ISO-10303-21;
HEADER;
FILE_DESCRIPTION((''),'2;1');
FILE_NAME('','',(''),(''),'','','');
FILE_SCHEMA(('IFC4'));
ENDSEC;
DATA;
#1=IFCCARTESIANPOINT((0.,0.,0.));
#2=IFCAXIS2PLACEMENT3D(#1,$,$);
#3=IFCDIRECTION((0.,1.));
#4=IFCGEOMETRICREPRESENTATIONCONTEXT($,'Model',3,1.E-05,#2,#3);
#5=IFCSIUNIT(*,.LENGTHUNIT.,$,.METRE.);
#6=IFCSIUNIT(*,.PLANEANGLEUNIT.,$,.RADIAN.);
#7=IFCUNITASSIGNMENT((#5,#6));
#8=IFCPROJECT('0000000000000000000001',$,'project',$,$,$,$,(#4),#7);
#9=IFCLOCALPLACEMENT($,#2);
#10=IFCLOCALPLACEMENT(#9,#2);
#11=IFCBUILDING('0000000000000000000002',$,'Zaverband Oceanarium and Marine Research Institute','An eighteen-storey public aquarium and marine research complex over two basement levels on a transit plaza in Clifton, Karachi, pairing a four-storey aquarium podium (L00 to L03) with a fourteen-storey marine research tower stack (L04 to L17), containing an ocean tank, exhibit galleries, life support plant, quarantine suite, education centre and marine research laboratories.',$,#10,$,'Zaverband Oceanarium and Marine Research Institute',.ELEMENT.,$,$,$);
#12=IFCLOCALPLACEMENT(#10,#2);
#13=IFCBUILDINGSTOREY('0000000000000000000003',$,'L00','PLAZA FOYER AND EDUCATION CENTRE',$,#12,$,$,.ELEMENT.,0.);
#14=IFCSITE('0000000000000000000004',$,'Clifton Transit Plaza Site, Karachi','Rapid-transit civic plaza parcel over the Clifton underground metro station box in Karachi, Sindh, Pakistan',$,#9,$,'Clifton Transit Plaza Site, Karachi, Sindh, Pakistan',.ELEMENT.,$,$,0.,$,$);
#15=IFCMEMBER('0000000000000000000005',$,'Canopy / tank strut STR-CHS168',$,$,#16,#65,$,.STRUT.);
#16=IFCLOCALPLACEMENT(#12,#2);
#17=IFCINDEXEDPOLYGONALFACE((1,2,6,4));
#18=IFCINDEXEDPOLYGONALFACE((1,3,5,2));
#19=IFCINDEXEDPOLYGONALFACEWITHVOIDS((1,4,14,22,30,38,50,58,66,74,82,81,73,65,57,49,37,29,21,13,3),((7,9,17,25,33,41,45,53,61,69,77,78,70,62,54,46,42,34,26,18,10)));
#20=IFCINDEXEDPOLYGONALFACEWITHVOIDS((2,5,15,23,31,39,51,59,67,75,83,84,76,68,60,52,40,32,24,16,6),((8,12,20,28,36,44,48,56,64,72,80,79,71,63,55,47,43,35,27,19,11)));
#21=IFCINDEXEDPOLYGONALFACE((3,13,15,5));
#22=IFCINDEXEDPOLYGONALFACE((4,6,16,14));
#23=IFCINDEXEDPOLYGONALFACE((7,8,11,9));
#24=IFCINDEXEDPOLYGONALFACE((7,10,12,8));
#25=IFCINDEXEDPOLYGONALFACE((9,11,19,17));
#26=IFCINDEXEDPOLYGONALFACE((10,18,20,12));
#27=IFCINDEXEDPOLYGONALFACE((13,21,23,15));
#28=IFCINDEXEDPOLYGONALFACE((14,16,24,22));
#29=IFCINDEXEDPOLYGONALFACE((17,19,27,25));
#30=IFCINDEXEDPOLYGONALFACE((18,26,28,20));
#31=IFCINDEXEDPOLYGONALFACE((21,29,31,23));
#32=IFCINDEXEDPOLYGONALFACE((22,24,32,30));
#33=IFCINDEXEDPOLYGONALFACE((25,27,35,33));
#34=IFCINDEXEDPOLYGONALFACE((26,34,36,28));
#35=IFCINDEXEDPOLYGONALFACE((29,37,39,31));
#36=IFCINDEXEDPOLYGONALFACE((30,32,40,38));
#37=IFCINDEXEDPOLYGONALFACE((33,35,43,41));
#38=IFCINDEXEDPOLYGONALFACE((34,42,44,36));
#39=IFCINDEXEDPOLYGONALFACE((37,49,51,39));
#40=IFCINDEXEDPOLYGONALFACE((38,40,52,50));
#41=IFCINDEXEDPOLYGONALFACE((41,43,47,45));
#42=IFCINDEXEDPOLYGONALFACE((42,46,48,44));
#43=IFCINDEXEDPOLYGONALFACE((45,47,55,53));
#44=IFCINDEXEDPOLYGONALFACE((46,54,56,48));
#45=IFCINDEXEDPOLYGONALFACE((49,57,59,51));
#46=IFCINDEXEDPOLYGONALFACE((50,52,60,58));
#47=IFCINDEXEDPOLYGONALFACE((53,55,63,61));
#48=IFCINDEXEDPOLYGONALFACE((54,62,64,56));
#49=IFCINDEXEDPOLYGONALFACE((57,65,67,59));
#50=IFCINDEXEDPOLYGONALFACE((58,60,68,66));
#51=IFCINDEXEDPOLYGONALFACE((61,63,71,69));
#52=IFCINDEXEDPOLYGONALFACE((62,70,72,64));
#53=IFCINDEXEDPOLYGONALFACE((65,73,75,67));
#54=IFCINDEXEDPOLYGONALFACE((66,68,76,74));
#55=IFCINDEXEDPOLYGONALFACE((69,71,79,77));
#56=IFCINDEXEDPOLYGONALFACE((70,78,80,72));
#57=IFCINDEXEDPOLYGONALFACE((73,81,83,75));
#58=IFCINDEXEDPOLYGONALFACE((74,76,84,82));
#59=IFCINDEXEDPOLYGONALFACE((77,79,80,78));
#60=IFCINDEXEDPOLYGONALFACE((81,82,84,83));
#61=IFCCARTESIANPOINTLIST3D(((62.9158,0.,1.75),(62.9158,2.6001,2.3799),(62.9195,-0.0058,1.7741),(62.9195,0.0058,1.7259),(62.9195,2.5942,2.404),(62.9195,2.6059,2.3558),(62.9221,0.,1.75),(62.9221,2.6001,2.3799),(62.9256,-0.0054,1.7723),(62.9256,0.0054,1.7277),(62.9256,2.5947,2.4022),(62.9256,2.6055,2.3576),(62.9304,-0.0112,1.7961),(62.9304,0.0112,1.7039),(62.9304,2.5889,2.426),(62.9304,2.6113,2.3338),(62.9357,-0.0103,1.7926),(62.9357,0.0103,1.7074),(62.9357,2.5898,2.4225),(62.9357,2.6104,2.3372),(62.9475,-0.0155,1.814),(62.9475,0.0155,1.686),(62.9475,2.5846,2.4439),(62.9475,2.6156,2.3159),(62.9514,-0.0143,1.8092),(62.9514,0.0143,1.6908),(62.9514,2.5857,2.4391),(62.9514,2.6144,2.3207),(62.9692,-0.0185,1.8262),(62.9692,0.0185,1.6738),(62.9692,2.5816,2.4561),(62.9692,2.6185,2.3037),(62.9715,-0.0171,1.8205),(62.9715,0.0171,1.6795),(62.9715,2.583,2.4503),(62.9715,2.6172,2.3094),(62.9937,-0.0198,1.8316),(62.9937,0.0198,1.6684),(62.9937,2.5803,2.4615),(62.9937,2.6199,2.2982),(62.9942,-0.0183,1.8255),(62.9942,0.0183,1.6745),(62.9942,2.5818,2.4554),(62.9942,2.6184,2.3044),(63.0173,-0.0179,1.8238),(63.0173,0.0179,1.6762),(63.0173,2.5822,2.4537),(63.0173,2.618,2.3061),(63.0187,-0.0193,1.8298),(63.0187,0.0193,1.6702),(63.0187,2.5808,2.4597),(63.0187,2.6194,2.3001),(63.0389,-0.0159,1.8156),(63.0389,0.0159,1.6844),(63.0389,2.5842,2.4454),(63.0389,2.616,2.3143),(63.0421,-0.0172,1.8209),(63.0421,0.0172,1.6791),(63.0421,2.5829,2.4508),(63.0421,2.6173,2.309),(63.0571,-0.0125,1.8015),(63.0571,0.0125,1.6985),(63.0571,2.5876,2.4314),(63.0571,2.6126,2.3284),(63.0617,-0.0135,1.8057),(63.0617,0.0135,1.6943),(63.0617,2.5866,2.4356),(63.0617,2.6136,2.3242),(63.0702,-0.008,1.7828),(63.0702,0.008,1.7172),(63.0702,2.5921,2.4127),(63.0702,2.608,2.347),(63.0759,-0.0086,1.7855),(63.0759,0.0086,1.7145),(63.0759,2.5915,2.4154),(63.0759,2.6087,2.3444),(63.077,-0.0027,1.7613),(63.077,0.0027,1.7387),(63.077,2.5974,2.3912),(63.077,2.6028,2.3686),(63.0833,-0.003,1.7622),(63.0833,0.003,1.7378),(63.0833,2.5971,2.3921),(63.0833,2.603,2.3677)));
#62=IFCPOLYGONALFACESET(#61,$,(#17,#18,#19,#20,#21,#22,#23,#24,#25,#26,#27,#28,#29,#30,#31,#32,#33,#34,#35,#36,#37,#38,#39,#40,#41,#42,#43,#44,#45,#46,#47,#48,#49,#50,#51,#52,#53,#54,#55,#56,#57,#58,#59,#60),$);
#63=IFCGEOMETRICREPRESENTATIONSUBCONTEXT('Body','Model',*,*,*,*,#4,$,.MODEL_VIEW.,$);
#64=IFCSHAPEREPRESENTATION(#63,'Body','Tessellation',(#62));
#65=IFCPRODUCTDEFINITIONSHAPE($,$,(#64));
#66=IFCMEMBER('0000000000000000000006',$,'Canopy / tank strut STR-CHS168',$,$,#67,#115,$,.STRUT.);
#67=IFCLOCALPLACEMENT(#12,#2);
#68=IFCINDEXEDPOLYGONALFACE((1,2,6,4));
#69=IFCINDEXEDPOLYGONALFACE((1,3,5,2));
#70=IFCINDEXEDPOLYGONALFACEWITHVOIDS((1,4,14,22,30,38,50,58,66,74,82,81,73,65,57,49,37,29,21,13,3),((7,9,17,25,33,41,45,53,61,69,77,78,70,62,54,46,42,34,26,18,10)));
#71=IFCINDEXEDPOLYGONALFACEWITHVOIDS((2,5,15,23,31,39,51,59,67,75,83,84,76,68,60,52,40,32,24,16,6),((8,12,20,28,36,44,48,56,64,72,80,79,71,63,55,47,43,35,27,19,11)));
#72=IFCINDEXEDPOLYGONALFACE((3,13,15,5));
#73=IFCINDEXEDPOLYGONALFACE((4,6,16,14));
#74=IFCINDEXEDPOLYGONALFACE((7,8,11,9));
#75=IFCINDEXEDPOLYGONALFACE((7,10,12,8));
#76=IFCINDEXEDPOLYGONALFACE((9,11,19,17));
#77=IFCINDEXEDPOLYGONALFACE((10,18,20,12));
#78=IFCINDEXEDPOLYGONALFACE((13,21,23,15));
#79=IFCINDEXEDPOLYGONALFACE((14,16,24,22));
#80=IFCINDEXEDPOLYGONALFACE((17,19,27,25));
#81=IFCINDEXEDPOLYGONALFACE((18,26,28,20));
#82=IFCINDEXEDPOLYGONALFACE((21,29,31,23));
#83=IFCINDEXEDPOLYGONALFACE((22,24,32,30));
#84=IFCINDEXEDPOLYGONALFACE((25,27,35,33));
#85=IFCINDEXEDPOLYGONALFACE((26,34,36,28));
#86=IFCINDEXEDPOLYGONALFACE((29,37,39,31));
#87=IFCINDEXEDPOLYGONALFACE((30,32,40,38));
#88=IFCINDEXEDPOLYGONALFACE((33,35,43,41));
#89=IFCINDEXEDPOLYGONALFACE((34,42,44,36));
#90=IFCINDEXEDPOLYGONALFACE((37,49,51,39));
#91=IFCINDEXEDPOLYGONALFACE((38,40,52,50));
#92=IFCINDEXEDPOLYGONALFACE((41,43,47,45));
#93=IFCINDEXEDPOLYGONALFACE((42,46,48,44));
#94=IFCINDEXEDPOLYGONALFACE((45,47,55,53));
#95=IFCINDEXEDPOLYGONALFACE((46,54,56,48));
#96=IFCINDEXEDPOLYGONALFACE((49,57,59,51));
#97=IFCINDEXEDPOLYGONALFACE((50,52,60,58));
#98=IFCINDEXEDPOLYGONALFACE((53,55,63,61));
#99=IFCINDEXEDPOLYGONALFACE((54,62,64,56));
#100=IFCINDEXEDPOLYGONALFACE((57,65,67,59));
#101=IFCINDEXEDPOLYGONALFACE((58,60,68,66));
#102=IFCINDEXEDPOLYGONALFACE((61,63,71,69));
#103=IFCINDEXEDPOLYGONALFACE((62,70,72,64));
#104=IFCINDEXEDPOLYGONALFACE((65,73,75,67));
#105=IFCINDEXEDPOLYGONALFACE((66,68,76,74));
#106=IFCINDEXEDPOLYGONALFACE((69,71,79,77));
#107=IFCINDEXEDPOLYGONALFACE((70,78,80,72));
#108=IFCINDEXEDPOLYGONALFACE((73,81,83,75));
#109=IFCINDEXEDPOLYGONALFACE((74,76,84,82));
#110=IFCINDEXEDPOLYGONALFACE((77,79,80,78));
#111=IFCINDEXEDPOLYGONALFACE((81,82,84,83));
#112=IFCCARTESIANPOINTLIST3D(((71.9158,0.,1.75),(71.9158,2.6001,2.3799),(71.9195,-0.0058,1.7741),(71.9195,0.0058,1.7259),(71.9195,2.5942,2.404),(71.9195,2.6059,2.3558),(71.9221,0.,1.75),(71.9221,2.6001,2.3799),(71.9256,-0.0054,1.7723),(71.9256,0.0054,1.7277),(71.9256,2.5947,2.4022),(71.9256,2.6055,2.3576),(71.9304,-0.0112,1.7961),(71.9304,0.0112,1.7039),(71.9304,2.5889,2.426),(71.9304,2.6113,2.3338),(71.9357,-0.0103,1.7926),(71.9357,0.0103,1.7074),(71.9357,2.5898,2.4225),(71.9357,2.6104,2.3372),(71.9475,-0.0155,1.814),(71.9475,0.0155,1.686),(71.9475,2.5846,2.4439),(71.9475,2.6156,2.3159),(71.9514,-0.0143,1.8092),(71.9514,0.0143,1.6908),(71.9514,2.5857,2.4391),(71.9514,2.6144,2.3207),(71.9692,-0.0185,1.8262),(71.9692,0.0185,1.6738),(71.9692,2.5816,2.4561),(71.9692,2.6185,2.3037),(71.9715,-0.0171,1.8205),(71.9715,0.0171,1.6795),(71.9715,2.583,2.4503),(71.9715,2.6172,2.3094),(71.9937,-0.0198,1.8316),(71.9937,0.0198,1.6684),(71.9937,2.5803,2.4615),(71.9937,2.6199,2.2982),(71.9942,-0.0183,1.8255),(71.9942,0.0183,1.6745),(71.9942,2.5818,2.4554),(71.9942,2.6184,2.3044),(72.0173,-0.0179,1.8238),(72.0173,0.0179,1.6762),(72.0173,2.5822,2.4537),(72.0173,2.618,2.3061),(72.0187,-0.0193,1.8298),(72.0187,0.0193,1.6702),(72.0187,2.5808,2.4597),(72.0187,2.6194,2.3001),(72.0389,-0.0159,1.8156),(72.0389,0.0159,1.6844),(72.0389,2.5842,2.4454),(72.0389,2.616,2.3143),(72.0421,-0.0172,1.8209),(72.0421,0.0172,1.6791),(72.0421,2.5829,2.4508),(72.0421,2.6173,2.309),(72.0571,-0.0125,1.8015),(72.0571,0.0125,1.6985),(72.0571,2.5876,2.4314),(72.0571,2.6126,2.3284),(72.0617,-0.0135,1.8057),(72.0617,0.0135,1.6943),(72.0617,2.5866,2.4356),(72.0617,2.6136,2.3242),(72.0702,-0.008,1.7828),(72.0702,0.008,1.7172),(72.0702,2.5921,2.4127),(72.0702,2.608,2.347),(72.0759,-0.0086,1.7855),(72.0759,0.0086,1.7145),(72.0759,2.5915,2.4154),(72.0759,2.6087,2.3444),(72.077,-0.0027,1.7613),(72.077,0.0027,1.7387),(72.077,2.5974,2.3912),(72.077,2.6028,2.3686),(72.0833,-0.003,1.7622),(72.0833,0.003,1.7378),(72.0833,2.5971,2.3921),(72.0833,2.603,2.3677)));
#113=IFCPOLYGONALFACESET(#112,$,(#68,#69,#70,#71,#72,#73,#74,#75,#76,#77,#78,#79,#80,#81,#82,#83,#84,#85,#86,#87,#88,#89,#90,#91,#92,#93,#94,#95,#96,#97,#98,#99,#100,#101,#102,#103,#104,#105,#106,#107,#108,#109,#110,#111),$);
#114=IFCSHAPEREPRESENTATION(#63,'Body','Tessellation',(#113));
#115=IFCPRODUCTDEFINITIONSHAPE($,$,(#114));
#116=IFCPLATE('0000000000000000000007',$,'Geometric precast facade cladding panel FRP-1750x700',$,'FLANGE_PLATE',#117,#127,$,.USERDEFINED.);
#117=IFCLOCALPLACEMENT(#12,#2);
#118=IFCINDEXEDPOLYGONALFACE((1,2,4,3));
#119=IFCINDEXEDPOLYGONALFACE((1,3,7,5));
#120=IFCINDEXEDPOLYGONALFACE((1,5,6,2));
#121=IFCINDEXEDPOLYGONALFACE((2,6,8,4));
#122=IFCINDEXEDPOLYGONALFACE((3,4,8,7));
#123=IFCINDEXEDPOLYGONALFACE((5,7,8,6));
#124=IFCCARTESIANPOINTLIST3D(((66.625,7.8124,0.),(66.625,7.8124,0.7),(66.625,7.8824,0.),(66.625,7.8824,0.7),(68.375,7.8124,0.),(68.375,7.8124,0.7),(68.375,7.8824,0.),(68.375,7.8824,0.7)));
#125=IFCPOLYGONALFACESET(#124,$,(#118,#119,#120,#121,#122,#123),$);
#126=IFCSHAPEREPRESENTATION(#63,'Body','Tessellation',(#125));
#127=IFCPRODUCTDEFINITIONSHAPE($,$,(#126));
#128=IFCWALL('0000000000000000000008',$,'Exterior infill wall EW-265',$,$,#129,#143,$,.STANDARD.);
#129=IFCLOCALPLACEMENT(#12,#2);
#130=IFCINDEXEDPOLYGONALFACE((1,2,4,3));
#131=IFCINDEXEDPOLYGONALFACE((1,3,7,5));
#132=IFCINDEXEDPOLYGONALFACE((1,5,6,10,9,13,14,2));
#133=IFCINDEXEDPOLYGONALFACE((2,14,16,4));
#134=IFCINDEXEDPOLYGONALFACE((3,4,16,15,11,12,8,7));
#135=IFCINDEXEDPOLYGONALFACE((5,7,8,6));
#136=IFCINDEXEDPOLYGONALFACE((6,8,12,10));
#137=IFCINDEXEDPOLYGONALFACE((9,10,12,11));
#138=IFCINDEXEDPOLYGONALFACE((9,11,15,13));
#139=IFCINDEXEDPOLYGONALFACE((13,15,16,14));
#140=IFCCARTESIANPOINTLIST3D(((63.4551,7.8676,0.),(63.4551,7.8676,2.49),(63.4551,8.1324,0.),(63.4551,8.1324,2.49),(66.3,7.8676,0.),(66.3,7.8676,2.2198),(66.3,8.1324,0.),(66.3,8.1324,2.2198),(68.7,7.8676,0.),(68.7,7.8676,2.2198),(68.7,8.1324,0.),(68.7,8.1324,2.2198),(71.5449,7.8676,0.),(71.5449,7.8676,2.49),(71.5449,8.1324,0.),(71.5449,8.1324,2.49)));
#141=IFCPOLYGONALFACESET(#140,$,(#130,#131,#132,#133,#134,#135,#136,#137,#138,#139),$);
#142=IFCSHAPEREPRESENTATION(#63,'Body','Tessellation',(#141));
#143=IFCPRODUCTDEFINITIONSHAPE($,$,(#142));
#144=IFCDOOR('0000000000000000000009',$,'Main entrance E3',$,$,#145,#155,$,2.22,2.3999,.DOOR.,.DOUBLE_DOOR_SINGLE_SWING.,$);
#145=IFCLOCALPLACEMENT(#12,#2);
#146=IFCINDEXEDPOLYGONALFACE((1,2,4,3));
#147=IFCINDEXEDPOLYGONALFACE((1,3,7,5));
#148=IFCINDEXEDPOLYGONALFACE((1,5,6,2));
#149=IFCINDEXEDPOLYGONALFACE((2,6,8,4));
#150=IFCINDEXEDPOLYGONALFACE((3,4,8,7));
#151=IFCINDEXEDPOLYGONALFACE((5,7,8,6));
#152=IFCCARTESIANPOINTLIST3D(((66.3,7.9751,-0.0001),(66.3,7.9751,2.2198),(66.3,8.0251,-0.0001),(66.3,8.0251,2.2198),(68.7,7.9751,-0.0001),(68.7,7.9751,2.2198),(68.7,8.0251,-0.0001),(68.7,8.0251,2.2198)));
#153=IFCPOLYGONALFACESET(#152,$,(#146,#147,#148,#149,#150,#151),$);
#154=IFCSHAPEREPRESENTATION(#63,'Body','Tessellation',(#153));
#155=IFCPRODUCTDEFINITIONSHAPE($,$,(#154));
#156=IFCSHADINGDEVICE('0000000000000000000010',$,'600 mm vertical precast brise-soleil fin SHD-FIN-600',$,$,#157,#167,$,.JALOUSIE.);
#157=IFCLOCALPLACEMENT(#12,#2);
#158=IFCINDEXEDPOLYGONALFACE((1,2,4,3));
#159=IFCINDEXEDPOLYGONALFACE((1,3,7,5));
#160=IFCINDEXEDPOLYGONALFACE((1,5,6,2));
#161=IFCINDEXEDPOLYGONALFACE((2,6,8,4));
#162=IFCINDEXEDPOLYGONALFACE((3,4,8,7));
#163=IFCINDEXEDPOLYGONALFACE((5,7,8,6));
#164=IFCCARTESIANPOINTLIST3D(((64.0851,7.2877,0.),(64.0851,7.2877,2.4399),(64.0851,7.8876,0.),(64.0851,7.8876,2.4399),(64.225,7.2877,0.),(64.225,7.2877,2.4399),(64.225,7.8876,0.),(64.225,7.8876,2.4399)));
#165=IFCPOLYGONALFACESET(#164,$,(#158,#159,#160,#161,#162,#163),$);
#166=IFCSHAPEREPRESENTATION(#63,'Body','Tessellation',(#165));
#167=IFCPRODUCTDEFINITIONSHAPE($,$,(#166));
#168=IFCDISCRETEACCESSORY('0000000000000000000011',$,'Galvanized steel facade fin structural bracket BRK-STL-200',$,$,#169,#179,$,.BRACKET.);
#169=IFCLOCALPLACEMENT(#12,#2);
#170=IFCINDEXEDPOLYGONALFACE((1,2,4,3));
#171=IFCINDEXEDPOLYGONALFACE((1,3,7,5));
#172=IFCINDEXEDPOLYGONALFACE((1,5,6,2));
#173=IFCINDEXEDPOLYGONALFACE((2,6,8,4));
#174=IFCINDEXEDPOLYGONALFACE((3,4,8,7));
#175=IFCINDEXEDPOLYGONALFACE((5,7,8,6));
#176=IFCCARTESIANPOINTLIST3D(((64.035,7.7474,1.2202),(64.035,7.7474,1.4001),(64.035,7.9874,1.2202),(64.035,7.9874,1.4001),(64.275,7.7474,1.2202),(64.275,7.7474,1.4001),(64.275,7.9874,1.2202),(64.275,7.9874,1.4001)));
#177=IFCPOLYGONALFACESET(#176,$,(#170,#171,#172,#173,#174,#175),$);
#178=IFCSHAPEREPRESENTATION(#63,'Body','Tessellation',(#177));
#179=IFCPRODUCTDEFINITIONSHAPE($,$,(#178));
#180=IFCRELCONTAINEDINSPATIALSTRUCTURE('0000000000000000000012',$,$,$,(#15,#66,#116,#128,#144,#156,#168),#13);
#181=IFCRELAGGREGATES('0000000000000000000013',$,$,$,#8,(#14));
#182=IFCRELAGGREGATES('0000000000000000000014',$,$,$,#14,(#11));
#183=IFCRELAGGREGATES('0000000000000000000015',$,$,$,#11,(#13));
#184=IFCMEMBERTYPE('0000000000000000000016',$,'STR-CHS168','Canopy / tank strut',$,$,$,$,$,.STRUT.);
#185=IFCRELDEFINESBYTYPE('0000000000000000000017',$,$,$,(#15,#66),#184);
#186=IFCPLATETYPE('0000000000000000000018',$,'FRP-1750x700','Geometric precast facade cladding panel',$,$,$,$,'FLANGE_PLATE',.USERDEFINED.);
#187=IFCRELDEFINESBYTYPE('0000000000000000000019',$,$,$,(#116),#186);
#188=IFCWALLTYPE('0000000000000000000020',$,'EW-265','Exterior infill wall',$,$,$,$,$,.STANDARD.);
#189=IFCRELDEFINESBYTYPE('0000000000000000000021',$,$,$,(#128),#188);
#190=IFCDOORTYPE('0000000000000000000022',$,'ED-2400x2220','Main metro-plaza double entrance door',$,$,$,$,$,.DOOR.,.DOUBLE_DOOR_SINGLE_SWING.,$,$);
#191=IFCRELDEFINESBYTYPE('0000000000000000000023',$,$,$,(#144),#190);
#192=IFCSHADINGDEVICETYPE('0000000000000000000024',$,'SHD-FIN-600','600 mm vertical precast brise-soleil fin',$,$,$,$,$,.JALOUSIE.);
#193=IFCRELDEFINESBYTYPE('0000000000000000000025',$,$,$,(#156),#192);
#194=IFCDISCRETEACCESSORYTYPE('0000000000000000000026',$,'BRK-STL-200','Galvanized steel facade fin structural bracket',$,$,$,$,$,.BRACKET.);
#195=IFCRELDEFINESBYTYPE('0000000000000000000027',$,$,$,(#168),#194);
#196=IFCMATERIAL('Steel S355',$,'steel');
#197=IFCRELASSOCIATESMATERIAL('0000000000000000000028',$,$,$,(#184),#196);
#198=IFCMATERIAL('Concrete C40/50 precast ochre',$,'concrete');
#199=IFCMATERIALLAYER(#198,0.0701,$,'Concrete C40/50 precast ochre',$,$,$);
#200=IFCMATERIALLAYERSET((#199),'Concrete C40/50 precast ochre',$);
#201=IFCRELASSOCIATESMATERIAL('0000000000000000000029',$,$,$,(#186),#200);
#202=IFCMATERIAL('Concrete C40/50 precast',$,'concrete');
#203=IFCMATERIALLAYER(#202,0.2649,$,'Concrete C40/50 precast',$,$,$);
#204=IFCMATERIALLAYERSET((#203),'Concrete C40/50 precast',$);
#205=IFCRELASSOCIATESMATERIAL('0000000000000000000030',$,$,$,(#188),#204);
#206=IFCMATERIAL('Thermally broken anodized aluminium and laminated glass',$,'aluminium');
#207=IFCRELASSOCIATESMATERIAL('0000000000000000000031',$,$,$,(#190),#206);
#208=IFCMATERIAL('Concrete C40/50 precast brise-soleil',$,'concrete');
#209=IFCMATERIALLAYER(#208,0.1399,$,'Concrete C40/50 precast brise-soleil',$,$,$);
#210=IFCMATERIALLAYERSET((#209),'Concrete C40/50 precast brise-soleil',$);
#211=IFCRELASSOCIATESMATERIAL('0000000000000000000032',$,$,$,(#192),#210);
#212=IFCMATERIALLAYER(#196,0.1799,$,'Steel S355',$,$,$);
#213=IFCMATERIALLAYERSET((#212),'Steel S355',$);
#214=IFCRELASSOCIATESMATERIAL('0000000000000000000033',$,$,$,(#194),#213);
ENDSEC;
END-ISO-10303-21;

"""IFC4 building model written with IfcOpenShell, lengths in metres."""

from ifc_helpers import new_model, si_unit, direction, frame, frame_2d, origin, origin_2d, place, context, subcontext, project, spatial, rectangle, hollow_circle, extrude, material, layer, layer_set, material_profile, profile_set, type_object, element, fill, save


model = new_model("IFC4")

# Units and contexts
model_context = context("Model", 3, precision=1e-05, world=origin(), true_north=direction((0.0, 1.0)))
body_context = subcontext(model_context, "Body", "Model", "MODEL_VIEW")
ifc_project = project(units=[si_unit("LENGTHUNIT", "METRE"), si_unit("PLANEANGLEUNIT", "RADIAN")], contexts=[model_context])

# Site, building, storey
site_placement = place(None, origin())
site = spatial("IfcSite", under=ifc_project, at=site_placement, Name="Clifton Transit Plaza Site, Karachi", Description="Rapid-transit civic plaza parcel over the Clifton underground metro station box in Karachi, Sindh, Pakistan", LongName="Clifton Transit Plaza Site, Karachi, Sindh, Pakistan", CompositionType="ELEMENT", RefElevation=0.0)
building_placement = place(site_placement, origin())
building = spatial("IfcBuilding", under=site, at=building_placement, Name="Zaverband Oceanarium and Marine Research Institute", Description="An eighteen-storey public aquarium and marine research complex over two basement levels on a transit plaza in Clifton, Karachi, pairing a four-storey aquarium podium (L00 to L03) with a fourteen-storey marine research tower stack (L04 to L17), containing an ocean tank, exhibit galleries, life support plant, quarantine suite, education centre and marine research laboratories.", LongName="Zaverband Oceanarium and Marine Research Institute", CompositionType="ELEMENT")
storey_placement = place(building_placement, origin())
storey = spatial("IfcBuildingStorey", under=building, at=storey_placement, Name="L00", Description="PLAZA FOYER AND EDUCATION CENTRE", CompositionType="ELEMENT", Elevation=0.0)

# Shared definitions
ifc_material_1 = material(Name="Steel S355", Category="steel")

# Members
ifc_material_profile_1 = material_profile(ifc_material_1, hollow_circle(Radius=0.0842, WallThickness=0.0063, at=origin_2d()), Name="CHS168x6.3")
ifc_profile_set_1 = profile_set([ifc_material_profile_1], Name="Steel S355")
member_type_1 = type_object("IfcMemberType", Name="STR-CHS168", Description="Canopy / tank strut", PredefinedType="STRUT", material=ifc_profile_set_1)
for number, where, z_axis, x_axis, name in (
    (1, (63.0, 0.0, 1.75), (0.0, 0.971888, 0.235443), (-1.0, 0.0, 0.0), "Canopy / tank strut STR-CHS168"),
    (2, (72.0, 0.0, 1.75), (0.0, 0.971888, 0.235443), (-1.0, 0.0, 0.0), "Canopy / tank strut STR-CHS168"),
):
    element("IfcMember", number, at=place(storey_placement, frame(where, z_axis=z_axis, x_axis=x_axis)), inside=storey, type_object=member_type_1, Name=name, PredefinedType="STRUT", context=body_context, shape_type="SweptSolid", body=[
        extrude(hollow_circle(Radius=0.0842, WallThickness=0.0063, at=origin_2d()), origin(), (0.0, 0.0, 1.0), 2.6753),
    ])

# Plate
ifc_material_2 = material(Name="Concrete C40/50 precast ochre", Category="concrete")
ifc_layer_1 = layer(ifc_material_2, 0.0701, Name="Concrete C40/50 precast ochre")
ifc_layer_set_1 = layer_set([ifc_layer_1], Name="Concrete C40/50 precast ochre")
plate_type = type_object("IfcPlateType", Name="FRP-1750x700", Description="Geometric precast facade cladding panel", ElementType="FLANGE_PLATE", PredefinedType="USERDEFINED", material=ifc_layer_set_1)
plate_placement = place(storey_placement, frame((66.625, 7.8474, 0.0), z_axis=(0.0, 0.0, 1.0), x_axis=(1.0, 0.0, 0.0)))
element("IfcPlate", 3, at=plate_placement, inside=storey, type_object=plate_type, Name="Geometric precast facade cladding panel FRP-1750x700", ObjectType="FLANGE_PLATE", PredefinedType="USERDEFINED", context=body_context, shape_type="SweptSolid", body=[
    extrude(rectangle(XDim=1.75, YDim=0.0701, at=frame_2d((0.875, 0.0))), origin(), (0.0, 0.0, 1.0), 0.7),
])

# Wall, opening, door
ifc_material_3 = material(Name="Concrete C40/50 precast", Category="concrete")
ifc_layer_2 = layer(ifc_material_3, 0.2649, Name="Concrete C40/50 precast")
ifc_layer_set_2 = layer_set([ifc_layer_2], Name="Concrete C40/50 precast")
wall_type = type_object("IfcWallType", Name="EW-265", Description="Exterior infill wall", PredefinedType="STANDARD", material=ifc_layer_set_2)
wall_placement = place(storey_placement, frame((63.4551, 8.0, 0.0), z_axis=(0.0, 0.0, 1.0), x_axis=(1.0, 0.0, 0.0)))
wall = element("IfcWall", 4, at=wall_placement, inside=storey, type_object=wall_type, Name="Exterior infill wall EW-265", PredefinedType="STANDARD", context=body_context, shape_type="SweptSolid", body=[
    extrude(rectangle(XDim=8.0898, YDim=0.2649, at=frame_2d((4.0449, 0.0))), origin(), (0.0, 0.0, 1.0), 2.49),
])
opening_placement = place(wall_placement, frame((2.845, 0.0, 0.0)))
opening = element("IfcOpeningElement", 5, at=opening_placement, cuts=wall, PredefinedType="OPENING", context=body_context, shape_type="SweptSolid", body=[
    extrude(rectangle(XDim=2.3999, YDim=2.22, at=frame_2d((1.2, 1.1099))), frame((0.0, 0.1445, 0.0), z_axis=(0.0, -1.0, 0.0), x_axis=(1.0, 0.0, 0.0)), (0.0, 0.0, 1.0), 0.2888),
])
ifc_material_4 = material(Name="Thermally broken anodized aluminium and laminated glass", Category="aluminium")
door_type = type_object("IfcDoorType", Name="ED-2400x2220", Description="Main metro-plaza double entrance door", OperationType="DOUBLE_DOOR_SINGLE_SWING", PredefinedType="DOOR", material=ifc_material_4)
door_placement = place(opening_placement, frame((2.3999, 0.0, 0.0), z_axis=(0.0, 0.0, 1.0), x_axis=(-1.0, 0.0, 0.0)))
door = element("IfcDoor", 6, at=door_placement, inside=storey, type_object=door_type, Name="Main entrance E3", OperationType="DOUBLE_DOOR_SINGLE_SWING", OverallHeight=2.22, OverallWidth=2.3999, PredefinedType="DOOR", context=body_context, shape_type="SweptSolid", body=[
    extrude(rectangle(XDim=2.3999, YDim=2.22, at=frame_2d((1.2, 1.1099))), frame((0.0, 0.0249, 0.0), z_axis=(0.0, -1.0, 0.0), x_axis=(1.0, 0.0, 0.0)), (0.0, 0.0, 1.0), 0.05),
])
fill(opening, door)

# Shading device
ifc_material_5 = material(Name="Concrete C40/50 precast brise-soleil", Category="concrete")
ifc_layer_3 = layer(ifc_material_5, 0.1399, Name="Concrete C40/50 precast brise-soleil")
ifc_layer_set_3 = layer_set([ifc_layer_3], Name="Concrete C40/50 precast brise-soleil")
shading_device_type = type_object("IfcShadingDeviceType", Name="SHD-FIN-600", Description="600 mm vertical precast brise-soleil fin", PredefinedType="JALOUSIE", material=ifc_layer_set_3)
shading_device_placement = place(storey_placement, frame((64.155, 7.8875, 0.0), z_axis=(0.0, 0.0, 1.0), x_axis=(0.0, -1.0, 0.0)))
element("IfcShadingDevice", 7, at=shading_device_placement, inside=storey, type_object=shading_device_type, Name="600 mm vertical precast brise-soleil fin SHD-FIN-600", PredefinedType="JALOUSIE", context=body_context, shape_type="SweptSolid", body=[
    extrude(rectangle(XDim=0.5999, YDim=0.1399, at=frame_2d((0.2998, 0.0))), origin(), (0.0, 0.0, 1.0), 2.4399),
])

# Discrete accessory
ifc_layer_4 = layer(ifc_material_1, 0.1799, Name="Steel S355")
ifc_layer_set_4 = layer_set([ifc_layer_4], Name="Steel S355")
discrete_accessory_type = type_object("IfcDiscreteAccessoryType", Name="BRK-STL-200", Description="Galvanized steel facade fin structural bracket", PredefinedType="BRACKET", material=ifc_layer_set_4)
discrete_accessory_placement = place(storey_placement, frame((64.155, 7.8674, 1.2202), z_axis=(0.0, 0.0, 1.0), x_axis=(1.0, 0.0, 0.0)))
element("IfcDiscreteAccessory", 8, at=discrete_accessory_placement, inside=storey, type_object=discrete_accessory_type, Name="Galvanized steel facade fin structural bracket BRK-STL-200", PredefinedType="BRACKET", context=body_context, shape_type="SweptSolid", body=[
    extrude(rectangle(XDim=0.24, YDim=0.24, at=origin_2d()), origin(), (0.0, 0.0, 1.0), 0.1799),
])

save(model, "model.ifc")
